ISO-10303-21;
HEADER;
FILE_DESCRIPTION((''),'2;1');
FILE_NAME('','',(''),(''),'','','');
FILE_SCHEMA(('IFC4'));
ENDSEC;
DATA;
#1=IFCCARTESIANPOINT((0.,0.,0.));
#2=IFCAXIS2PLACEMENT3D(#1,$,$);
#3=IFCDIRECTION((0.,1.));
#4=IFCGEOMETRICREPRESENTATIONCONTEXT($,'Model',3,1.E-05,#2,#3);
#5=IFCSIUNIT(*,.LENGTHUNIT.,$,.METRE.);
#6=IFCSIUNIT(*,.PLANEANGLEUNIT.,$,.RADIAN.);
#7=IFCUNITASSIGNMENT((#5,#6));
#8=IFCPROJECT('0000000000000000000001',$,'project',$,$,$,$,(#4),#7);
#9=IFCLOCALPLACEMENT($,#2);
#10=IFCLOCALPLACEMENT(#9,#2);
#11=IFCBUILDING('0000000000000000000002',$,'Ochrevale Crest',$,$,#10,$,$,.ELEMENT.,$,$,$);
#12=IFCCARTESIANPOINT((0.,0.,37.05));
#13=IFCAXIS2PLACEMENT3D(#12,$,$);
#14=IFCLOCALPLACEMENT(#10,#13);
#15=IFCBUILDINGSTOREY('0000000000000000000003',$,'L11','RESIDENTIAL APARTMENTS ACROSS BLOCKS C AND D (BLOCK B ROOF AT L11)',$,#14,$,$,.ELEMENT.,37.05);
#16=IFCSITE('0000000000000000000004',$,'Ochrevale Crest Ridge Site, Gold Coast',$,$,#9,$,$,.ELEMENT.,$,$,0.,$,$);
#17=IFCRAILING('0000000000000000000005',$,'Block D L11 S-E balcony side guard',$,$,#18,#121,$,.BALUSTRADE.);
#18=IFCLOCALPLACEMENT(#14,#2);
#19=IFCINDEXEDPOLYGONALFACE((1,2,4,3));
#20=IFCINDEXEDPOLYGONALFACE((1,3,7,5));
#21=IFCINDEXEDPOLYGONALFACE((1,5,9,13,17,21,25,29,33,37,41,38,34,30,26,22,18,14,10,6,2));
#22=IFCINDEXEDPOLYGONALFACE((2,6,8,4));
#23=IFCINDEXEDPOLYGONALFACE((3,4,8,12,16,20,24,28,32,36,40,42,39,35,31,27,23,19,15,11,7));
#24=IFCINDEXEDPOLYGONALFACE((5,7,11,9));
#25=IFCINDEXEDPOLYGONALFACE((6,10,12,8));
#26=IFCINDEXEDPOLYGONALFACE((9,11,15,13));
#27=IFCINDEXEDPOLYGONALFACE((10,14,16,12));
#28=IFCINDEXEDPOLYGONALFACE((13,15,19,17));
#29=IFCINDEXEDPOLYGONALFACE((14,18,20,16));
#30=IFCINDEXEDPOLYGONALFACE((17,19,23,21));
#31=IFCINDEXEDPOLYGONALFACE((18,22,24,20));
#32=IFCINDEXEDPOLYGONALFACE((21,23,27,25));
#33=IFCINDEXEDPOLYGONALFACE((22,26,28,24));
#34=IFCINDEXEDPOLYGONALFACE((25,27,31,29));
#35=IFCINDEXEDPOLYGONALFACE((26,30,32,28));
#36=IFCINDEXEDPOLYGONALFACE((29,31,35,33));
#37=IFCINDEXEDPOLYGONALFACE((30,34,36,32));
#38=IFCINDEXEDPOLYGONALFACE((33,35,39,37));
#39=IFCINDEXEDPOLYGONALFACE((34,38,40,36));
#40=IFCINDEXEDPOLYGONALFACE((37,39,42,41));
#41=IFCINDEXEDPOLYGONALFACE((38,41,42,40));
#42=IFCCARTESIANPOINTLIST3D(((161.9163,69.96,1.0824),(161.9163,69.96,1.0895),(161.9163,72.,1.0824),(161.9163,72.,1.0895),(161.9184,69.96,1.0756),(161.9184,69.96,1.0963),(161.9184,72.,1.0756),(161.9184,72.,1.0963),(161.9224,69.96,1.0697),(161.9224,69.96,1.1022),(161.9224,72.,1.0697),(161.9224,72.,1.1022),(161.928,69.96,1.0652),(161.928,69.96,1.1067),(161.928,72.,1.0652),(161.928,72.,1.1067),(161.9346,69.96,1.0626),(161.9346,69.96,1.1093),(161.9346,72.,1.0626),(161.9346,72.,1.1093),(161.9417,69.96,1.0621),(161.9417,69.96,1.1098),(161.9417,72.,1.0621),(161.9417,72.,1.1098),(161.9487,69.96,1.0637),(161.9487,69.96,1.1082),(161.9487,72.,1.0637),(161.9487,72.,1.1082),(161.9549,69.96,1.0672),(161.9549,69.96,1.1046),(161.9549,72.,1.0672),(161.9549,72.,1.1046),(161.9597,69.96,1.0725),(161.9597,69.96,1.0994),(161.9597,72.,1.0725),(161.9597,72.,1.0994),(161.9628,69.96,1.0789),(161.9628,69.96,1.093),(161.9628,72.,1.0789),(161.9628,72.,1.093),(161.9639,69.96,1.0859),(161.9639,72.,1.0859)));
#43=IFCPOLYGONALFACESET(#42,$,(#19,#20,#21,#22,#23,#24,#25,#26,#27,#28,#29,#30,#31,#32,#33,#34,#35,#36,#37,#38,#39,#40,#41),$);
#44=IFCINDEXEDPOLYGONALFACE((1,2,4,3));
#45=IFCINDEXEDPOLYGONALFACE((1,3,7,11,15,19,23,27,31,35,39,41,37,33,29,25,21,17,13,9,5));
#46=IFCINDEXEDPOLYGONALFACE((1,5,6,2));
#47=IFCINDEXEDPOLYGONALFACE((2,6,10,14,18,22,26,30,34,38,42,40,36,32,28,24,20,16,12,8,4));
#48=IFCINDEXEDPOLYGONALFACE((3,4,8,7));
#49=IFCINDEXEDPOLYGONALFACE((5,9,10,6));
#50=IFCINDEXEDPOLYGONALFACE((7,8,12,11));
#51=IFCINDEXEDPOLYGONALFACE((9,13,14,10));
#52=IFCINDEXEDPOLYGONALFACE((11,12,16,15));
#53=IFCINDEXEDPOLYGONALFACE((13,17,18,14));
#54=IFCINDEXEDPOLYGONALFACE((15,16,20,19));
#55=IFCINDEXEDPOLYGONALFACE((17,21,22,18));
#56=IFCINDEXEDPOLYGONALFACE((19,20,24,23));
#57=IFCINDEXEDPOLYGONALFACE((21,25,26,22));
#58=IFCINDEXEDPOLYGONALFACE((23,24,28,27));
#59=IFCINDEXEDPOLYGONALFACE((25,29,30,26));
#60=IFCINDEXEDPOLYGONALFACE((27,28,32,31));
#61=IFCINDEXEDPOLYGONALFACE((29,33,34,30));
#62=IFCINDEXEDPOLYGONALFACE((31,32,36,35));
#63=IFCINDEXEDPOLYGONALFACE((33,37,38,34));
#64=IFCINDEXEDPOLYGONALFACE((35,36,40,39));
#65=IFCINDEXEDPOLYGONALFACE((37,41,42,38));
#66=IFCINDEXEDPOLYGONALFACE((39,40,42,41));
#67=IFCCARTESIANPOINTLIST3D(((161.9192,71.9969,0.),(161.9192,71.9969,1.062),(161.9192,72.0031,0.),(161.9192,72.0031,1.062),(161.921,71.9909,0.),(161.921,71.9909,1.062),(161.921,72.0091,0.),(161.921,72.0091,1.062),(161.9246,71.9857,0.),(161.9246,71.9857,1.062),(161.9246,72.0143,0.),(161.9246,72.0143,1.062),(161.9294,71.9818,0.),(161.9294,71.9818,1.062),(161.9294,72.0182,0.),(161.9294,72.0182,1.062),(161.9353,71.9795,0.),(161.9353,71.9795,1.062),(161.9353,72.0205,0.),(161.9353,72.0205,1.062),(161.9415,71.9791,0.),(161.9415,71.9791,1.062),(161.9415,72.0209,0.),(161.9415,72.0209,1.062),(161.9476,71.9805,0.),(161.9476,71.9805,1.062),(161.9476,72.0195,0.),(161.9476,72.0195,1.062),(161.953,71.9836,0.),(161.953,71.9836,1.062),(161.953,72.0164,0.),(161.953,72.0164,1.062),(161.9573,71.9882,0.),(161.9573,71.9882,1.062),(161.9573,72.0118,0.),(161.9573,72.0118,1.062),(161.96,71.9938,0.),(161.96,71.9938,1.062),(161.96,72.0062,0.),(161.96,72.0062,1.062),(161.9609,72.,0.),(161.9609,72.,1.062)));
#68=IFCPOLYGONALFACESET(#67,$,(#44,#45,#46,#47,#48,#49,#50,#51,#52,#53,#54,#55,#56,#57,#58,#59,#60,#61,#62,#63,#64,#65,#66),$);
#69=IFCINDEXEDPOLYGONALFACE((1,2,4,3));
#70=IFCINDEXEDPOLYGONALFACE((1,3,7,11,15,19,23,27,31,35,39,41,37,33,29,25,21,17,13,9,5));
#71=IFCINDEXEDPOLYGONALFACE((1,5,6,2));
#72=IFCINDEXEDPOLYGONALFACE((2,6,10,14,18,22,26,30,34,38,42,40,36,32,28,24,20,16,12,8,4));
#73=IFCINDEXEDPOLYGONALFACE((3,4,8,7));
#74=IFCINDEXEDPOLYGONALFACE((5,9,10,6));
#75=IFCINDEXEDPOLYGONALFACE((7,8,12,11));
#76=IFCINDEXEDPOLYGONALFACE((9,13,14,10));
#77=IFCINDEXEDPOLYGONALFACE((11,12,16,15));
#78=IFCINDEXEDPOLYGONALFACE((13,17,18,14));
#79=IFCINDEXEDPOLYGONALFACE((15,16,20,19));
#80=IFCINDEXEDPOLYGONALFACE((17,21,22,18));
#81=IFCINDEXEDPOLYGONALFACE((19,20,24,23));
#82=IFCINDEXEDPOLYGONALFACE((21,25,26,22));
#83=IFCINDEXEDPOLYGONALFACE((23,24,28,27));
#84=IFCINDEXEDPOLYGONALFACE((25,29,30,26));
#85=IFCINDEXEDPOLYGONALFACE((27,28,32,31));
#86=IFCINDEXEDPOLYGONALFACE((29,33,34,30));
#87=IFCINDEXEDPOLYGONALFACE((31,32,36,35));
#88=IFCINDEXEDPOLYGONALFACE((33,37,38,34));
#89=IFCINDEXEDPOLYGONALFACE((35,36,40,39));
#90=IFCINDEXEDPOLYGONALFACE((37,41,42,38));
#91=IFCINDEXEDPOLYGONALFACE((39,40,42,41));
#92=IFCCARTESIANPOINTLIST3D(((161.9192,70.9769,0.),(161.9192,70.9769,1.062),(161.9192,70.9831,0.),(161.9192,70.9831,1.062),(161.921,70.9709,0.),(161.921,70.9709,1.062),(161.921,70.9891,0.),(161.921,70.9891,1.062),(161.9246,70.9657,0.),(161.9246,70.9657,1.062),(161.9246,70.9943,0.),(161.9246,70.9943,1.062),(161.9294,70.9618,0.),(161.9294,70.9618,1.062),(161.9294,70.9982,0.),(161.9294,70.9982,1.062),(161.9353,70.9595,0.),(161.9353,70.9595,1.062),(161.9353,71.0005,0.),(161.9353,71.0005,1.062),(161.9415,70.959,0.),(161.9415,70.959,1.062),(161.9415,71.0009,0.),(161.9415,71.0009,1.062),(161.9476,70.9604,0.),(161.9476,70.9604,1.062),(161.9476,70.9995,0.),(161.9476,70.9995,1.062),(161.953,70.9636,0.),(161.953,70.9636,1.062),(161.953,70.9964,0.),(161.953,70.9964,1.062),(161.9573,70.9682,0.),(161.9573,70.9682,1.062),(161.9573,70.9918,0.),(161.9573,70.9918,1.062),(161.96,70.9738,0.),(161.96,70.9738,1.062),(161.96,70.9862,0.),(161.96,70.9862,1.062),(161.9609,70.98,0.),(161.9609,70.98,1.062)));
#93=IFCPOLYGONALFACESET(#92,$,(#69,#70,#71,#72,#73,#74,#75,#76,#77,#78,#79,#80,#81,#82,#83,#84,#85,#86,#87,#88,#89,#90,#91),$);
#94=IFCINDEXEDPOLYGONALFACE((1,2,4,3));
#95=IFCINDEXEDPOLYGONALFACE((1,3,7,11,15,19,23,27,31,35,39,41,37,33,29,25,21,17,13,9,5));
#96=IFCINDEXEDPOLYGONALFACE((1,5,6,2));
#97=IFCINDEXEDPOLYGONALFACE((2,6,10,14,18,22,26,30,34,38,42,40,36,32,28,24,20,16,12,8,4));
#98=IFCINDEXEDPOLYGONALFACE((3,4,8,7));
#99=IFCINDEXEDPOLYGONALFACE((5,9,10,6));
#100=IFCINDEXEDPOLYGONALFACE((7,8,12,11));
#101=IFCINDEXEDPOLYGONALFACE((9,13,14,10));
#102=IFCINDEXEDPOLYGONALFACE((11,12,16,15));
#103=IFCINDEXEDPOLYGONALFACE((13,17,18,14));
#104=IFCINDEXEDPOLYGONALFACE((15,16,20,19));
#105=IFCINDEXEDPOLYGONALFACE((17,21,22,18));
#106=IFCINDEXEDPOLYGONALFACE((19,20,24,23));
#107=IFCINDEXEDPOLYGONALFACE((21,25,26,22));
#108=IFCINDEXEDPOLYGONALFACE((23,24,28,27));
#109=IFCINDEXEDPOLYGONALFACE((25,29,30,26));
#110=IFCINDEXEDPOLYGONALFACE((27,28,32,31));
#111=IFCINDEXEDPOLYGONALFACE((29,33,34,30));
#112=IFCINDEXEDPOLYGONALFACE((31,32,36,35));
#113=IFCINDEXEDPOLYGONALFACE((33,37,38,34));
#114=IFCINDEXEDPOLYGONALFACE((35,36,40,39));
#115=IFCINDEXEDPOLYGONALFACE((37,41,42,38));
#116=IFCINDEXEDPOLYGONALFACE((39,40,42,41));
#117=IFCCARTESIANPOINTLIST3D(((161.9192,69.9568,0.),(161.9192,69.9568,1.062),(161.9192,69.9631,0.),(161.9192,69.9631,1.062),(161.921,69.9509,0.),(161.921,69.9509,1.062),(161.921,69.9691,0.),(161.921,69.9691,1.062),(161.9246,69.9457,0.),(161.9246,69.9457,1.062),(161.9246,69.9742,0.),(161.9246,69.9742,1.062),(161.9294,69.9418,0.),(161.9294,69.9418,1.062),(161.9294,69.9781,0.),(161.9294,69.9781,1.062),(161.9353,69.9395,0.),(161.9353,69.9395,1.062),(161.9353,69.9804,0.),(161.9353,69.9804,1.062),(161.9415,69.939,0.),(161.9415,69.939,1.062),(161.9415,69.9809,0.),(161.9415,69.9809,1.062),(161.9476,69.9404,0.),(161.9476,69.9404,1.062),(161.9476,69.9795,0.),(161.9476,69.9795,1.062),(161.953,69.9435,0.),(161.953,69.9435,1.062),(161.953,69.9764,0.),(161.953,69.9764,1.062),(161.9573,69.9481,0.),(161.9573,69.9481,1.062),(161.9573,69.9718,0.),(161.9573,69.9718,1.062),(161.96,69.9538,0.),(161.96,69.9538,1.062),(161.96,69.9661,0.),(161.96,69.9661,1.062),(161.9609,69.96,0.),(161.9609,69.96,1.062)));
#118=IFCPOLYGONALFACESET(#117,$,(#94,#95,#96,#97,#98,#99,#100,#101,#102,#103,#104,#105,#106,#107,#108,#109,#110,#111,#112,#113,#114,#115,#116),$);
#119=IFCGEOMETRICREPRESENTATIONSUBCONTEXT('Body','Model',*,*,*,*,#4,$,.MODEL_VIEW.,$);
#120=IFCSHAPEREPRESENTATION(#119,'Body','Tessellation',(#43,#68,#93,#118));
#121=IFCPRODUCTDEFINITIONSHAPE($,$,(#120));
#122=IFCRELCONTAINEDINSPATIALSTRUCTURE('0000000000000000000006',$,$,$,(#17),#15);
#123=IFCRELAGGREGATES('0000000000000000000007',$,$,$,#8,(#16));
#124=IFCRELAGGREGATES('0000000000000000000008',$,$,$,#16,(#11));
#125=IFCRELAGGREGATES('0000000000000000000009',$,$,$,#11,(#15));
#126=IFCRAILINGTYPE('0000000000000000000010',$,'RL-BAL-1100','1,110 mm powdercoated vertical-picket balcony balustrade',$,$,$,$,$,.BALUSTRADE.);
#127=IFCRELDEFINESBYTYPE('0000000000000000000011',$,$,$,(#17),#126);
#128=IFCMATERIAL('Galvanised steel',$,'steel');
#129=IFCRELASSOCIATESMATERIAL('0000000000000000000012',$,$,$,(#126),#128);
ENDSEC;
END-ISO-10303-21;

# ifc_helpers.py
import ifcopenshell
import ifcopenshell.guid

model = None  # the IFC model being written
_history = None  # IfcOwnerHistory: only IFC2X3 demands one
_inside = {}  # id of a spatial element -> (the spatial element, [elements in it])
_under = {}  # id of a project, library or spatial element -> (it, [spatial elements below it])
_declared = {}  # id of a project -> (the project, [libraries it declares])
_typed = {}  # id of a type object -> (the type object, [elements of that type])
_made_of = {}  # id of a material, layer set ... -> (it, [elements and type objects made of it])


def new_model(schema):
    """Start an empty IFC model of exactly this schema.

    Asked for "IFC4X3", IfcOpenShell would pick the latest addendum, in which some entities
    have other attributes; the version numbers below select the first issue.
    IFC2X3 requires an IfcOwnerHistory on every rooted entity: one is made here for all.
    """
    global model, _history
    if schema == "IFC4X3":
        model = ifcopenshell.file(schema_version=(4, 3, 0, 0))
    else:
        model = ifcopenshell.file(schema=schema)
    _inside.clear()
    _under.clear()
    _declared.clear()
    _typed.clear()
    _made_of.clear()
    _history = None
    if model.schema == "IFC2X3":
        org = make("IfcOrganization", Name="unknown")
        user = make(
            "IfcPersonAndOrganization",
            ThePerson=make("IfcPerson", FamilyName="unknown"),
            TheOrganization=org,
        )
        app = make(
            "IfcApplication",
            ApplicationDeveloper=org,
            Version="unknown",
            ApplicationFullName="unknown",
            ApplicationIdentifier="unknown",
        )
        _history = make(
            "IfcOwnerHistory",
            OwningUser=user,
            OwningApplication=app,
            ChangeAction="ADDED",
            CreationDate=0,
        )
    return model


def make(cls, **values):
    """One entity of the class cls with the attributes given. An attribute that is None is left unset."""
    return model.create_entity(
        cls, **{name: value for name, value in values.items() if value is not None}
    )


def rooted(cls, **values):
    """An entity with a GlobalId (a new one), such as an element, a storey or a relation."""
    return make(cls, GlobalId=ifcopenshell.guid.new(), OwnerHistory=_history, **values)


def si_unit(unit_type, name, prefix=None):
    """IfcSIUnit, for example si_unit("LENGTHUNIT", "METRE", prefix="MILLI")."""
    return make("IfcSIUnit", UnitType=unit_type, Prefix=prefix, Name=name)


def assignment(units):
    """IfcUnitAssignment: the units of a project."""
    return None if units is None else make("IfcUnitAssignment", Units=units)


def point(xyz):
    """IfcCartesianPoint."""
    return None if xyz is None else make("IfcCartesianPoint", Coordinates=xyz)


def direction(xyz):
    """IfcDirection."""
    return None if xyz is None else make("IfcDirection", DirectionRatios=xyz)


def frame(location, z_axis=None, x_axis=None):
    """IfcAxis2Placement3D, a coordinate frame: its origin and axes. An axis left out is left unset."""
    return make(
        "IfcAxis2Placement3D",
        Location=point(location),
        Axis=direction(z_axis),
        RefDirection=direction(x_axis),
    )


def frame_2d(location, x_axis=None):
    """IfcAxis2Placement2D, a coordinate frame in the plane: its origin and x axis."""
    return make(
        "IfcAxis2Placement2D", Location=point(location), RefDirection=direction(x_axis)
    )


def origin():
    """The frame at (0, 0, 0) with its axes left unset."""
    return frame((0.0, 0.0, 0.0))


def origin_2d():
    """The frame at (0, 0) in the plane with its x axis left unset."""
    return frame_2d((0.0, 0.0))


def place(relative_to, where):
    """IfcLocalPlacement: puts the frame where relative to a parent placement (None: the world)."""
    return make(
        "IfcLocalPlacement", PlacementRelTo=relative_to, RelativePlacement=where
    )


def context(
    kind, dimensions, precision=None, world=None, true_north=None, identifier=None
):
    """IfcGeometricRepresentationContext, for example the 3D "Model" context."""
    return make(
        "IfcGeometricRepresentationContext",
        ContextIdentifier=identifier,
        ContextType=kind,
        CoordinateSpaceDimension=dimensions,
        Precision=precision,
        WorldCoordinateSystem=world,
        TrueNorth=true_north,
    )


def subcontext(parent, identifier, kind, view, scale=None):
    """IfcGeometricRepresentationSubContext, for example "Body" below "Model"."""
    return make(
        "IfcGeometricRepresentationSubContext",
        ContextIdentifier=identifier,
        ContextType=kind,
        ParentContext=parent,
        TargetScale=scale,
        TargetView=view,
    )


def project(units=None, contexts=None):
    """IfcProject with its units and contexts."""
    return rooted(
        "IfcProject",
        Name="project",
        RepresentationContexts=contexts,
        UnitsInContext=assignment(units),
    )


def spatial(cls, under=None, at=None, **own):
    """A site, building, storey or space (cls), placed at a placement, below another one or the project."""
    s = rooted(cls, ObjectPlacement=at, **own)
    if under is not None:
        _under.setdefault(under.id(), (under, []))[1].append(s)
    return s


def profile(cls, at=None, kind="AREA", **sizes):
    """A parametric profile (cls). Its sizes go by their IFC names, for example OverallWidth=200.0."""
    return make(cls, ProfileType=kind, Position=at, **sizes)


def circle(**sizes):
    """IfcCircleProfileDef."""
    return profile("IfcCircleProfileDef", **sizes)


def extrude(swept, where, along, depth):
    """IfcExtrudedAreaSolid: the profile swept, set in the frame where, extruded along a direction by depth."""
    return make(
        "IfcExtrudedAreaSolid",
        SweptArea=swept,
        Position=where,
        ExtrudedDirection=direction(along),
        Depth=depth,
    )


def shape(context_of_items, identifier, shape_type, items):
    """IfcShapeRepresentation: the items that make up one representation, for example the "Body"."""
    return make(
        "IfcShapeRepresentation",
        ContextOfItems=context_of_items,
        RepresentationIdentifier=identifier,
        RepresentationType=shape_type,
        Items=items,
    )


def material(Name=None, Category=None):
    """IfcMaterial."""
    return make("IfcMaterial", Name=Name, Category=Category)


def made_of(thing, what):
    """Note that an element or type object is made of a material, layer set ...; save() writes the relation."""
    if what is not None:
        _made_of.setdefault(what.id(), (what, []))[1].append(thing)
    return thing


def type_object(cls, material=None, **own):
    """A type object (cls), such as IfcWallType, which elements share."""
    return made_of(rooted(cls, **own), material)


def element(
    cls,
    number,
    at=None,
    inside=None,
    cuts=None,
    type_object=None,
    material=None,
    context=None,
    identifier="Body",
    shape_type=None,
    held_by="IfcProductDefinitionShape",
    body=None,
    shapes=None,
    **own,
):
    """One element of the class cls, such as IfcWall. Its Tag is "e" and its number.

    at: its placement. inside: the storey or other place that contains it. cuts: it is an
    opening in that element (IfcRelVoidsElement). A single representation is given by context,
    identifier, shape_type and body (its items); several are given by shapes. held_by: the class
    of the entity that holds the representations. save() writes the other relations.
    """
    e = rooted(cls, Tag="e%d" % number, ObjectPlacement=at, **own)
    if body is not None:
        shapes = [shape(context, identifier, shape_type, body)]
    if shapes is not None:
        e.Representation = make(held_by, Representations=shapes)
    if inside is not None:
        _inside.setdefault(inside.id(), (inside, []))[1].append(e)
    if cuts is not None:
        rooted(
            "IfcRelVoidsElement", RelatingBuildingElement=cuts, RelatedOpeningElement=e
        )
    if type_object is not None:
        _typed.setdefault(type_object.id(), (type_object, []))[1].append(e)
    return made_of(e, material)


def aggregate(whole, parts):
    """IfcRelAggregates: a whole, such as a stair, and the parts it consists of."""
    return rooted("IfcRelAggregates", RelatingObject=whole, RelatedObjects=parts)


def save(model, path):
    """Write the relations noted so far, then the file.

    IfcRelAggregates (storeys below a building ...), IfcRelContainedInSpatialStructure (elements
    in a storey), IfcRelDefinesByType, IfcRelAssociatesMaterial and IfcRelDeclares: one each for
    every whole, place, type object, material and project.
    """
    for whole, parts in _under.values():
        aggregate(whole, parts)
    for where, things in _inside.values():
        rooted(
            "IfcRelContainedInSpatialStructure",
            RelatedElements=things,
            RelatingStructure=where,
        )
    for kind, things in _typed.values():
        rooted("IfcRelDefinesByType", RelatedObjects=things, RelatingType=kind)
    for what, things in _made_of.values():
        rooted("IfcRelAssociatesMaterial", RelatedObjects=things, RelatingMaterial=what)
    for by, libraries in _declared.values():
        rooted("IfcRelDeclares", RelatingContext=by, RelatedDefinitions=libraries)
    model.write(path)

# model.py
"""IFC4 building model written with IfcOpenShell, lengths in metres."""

from ifc_helpers import new_model, si_unit, direction, frame, origin, origin_2d, place, context, subcontext, project, spatial, circle, extrude, material, type_object, element, save


model = new_model("IFC4")

# Units and contexts
model_context = context("Model", 3, precision=1e-05, world=origin(), true_north=direction((0.0, 1.0)))
body_context = subcontext(model_context, "Body", "Model", "MODEL_VIEW")
ifc_project = project(units=[si_unit("LENGTHUNIT", "METRE"), si_unit("PLANEANGLEUNIT", "RADIAN")], contexts=[model_context])

# Site, building, storey
site_placement = place(None, origin())
site = spatial("IfcSite", under=ifc_project, at=site_placement, Name="Ochrevale Crest Ridge Site, Gold Coast", CompositionType="ELEMENT", RefElevation=0.0)
building_placement = place(site_placement, origin())
building = spatial("IfcBuilding", under=site, at=building_placement, Name="Ochrevale Crest", CompositionType="ELEMENT")
storey_placement = place(building_placement, frame((0.0, 0.0, 37.05)))
storey = spatial("IfcBuildingStorey", under=building, at=storey_placement, Name="L11", Description="RESIDENTIAL APARTMENTS ACROSS BLOCKS C AND D (BLOCK B ROOF AT L11)", CompositionType="ELEMENT", Elevation=37.05)

# Railing
ifc_material_1 = material(Name="Galvanised steel", Category="steel")
railing_type = type_object("IfcRailingType", Name="RL-BAL-1100", Description="1,110 mm powdercoated vertical-picket balcony balustrade", PredefinedType="BALUSTRADE", material=ifc_material_1)
railing_placement = place(storey_placement, frame((161.9399, 72.0, 0.0)))
element("IfcRailing", 1, at=railing_placement, inside=storey, type_object=railing_type, Name="Block D L11 S-E balcony side guard", PredefinedType="BALUSTRADE", context=body_context, shape_type="SweptSolid", body=[
    extrude(circle(Radius=0.0239, at=origin_2d()), frame((0.0, 0.0, 1.0859), z_axis=(0.0, -1.0, 0.0), x_axis=(1.0, 0.0, 0.0)), (0.0, 0.0, 1.0), 2.04),
    extrude(circle(Radius=0.021, at=origin_2d()), origin(), (0.0, 0.0, 1.0), 1.062),
    extrude(circle(Radius=0.021, at=origin_2d()), frame((0.0, -1.02, 0.0)), (0.0, 0.0, 1.0), 1.062),
    extrude(circle(Radius=0.021, at=origin_2d()), frame((0.0, -2.04, 0.0)), (0.0, 0.0, 1.0), 1.062),
])

save(model, "model.ifc")
